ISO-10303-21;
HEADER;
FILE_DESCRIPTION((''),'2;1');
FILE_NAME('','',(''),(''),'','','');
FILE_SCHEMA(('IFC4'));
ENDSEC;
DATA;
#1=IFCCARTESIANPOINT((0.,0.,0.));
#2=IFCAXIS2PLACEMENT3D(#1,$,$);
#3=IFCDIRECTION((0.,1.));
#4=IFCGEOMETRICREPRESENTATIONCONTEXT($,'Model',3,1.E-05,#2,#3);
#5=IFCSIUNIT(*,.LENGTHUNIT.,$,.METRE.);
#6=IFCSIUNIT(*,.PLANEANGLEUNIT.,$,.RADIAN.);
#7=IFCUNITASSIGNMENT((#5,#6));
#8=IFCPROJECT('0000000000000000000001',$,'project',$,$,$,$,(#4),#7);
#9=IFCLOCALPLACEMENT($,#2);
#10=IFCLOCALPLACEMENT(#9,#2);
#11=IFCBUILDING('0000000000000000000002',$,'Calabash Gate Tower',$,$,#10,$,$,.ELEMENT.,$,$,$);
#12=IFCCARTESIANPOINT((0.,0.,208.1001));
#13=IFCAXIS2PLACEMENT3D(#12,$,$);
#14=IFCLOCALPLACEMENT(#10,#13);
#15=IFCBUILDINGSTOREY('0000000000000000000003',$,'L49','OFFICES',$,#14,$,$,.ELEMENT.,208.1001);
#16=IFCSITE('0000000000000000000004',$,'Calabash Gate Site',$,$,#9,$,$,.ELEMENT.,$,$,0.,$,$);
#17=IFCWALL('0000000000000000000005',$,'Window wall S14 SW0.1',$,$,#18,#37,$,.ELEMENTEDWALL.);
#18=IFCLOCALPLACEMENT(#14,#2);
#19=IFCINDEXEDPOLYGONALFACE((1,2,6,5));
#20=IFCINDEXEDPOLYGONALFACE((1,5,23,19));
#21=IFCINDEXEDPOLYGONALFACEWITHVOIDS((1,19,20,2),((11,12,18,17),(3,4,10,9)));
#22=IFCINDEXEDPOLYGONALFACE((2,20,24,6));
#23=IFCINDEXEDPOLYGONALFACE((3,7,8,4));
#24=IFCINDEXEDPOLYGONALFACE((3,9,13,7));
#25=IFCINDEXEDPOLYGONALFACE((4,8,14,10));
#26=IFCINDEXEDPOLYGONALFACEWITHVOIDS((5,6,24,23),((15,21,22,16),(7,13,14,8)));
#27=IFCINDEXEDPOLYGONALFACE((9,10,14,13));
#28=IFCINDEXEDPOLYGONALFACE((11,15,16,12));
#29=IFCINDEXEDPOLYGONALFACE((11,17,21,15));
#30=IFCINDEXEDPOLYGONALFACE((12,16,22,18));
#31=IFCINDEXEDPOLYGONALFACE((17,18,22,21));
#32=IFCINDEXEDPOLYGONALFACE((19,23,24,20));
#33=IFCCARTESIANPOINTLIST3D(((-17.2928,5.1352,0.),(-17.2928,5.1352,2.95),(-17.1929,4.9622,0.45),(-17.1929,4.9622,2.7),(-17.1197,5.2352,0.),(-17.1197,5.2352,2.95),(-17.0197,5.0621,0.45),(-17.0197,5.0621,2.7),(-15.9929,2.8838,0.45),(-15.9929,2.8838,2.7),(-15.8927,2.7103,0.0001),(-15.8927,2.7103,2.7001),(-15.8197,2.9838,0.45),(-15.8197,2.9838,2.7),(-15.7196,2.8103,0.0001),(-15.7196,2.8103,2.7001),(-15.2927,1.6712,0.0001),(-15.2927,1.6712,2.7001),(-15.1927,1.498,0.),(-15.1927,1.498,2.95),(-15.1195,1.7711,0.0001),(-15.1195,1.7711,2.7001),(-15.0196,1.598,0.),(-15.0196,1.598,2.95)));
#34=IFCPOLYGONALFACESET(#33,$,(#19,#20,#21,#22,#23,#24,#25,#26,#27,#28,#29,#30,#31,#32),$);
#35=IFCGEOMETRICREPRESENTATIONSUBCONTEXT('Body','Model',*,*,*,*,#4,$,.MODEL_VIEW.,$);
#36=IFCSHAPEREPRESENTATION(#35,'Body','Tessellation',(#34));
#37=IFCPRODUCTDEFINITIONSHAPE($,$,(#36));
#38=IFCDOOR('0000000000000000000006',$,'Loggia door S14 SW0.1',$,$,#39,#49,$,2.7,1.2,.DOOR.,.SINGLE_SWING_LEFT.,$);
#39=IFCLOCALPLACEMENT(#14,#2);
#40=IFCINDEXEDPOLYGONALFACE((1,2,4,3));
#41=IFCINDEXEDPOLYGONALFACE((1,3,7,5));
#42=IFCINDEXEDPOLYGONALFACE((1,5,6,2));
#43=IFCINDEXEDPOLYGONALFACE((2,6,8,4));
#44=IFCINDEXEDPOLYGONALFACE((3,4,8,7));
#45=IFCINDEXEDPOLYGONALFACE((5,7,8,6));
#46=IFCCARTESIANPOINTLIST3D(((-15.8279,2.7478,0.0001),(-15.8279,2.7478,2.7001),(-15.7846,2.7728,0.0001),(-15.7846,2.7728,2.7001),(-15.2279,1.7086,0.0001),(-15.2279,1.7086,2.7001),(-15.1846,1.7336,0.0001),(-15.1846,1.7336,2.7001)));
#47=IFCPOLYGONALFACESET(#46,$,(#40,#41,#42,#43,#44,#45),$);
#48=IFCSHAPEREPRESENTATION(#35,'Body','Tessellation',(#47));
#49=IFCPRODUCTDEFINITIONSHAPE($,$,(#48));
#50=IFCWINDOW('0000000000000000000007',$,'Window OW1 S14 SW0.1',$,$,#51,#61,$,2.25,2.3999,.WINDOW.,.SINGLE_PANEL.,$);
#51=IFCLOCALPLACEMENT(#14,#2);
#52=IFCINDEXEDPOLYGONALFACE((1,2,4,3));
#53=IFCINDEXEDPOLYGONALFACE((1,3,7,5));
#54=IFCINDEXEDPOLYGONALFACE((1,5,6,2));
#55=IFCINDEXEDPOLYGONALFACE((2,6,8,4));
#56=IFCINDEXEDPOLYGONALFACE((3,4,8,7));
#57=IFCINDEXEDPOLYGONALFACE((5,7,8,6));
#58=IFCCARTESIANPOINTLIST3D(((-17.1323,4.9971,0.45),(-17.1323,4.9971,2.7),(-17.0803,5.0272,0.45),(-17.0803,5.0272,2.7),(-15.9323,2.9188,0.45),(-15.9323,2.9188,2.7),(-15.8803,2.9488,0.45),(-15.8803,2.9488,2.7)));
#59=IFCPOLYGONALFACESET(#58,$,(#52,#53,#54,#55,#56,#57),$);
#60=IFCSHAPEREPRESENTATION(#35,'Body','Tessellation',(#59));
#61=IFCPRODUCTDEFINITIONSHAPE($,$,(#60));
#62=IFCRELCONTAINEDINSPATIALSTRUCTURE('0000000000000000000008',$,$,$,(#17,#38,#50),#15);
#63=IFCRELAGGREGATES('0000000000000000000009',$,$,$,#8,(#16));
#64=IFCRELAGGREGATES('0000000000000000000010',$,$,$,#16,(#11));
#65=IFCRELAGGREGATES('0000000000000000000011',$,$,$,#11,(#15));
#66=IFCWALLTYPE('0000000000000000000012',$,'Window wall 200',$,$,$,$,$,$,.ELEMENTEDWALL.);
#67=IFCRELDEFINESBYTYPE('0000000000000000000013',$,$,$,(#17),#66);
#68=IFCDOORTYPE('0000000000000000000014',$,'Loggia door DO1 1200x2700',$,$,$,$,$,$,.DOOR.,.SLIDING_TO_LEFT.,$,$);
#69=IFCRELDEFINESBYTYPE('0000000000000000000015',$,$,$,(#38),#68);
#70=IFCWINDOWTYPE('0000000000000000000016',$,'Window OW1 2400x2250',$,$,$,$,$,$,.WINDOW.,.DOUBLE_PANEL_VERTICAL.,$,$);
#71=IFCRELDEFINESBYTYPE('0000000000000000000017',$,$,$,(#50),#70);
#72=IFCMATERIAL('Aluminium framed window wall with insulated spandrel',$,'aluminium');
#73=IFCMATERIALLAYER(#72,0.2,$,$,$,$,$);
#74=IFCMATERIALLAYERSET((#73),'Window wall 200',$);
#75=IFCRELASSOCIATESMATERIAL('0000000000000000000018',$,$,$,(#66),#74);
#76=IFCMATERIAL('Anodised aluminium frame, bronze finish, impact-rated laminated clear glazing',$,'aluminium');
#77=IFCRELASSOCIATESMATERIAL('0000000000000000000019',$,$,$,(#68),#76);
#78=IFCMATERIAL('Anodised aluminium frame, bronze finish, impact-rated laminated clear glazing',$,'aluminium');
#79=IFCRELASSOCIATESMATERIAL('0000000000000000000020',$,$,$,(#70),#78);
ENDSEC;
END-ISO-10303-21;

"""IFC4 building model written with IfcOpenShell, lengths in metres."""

from ifc_helpers import new_model, si_unit, direction, frame, frame_2d, origin, place, context, subcontext, project, spatial, rectangle, extrude, material, layer, layer_set, type_object, element, fill, save


model = new_model("IFC4")

# Units and contexts
model_context = context("Model", 3, precision=1e-05, world=origin(), true_north=direction((0.0, 1.0)))
body_context = subcontext(model_context, "Body", "Model", "MODEL_VIEW")
ifc_project = project(units=[si_unit("LENGTHUNIT", "METRE"), si_unit("PLANEANGLEUNIT", "RADIAN")], contexts=[model_context])

# Site, building, storey
site_placement = place(None, origin())
site = spatial("IfcSite", under=ifc_project, at=site_placement, Name="Calabash Gate Site", CompositionType="ELEMENT", RefElevation=0.0)
building_placement = place(site_placement, origin())
building = spatial("IfcBuilding", under=site, at=building_placement, Name="Calabash Gate Tower", CompositionType="ELEMENT")
storey_placement = place(building_placement, frame((0.0, 0.0, 208.1001)))
storey = spatial("IfcBuildingStorey", under=building, at=storey_placement, Name="L49", Description="OFFICES", CompositionType="ELEMENT", Elevation=208.1001)

# Wall, openings, door, window
ifc_material_1 = material(Name="Aluminium framed window wall with insulated spandrel", Category="aluminium")
ifc_layer_1 = layer(ifc_material_1, 0.2)
ifc_layer_set_1 = layer_set([ifc_layer_1], Name="Window wall 200")
wall_type_1 = type_object("IfcWallType", Name="Window wall 200", PredefinedType="ELEMENTEDWALL", material=ifc_layer_set_1)
wall_1_placement = place(storey_placement, frame((-17.2063, 5.1853, 0.0), z_axis=(0.0, 0.0, 1.0), x_axis=(0.500028, -0.866009, 0.0)))
wall_1 = element("IfcWall", 1, at=wall_1_placement, inside=storey, type_object=wall_type_1, Name="Window wall S14 SW0.1", PredefinedType="ELEMENTEDWALL", context=body_context, shape_type="SweptSolid", body=[
    extrude(rectangle(XDim=4.2, YDim=0.2, at=frame_2d((2.1001, 0.0))), origin(), (0.0, 0.0, 1.0), 2.95),
])
opening_1_placement = place(wall_1_placement, frame((0.2, 0.0, 0.45)))
opening_1 = element("IfcOpeningElement", 2, at=opening_1_placement, cuts=wall_1, PredefinedType="OPENING", context=body_context, shape_type="SweptSolid", body=[
    extrude(rectangle(XDim=2.3999, YDim=2.25, at=frame_2d((1.2, 1.125))), frame((0.0, 0.1099, 0.0), z_axis=(0.0, -1.0, 0.0), x_axis=(1.0, 0.0, 0.0)), (0.0, 0.0, 1.0), 0.22),
])
opening_2_placement = place(wall_1_placement, frame((2.8, 0.0, 0.0)))
opening_2 = element("IfcOpeningElement", 3, at=opening_2_placement, cuts=wall_1, PredefinedType="OPENING", context=body_context, shape_type="SweptSolid", body=[
    extrude(rectangle(XDim=1.2, YDim=2.7, at=frame_2d((0.6001, 1.3501))), frame((0.0, 0.1099, 0.0), z_axis=(0.0, -1.0, 0.0), x_axis=(1.0, 0.0, 0.0)), (0.0, 0.0, 1.0), 0.22),
])
ifc_material_2 = material(Name="Anodised aluminium frame, bronze finish, impact-rated laminated clear glazing", Category="aluminium")
door_type_1 = type_object("IfcDoorType", Name="Loggia door DO1 1200x2700", OperationType="SLIDING_TO_LEFT", PredefinedType="DOOR", material=ifc_material_2)
door_1_placement = place(opening_2_placement, origin())
door_1 = element("IfcDoor", 4, at=door_1_placement, inside=storey, type_object=door_type_1, Name="Loggia door S14 SW0.1", OperationType="SINGLE_SWING_LEFT", OverallHeight=2.7, OverallWidth=1.2, PredefinedType="DOOR", context=body_context, shape_type="SweptSolid", body=[
    extrude(rectangle(XDim=1.2, YDim=2.7, at=frame_2d((0.6001, 1.3501))), frame((0.0, 0.0249, 0.0), z_axis=(0.0, -1.0, 0.0), x_axis=(1.0, 0.0, 0.0)), (0.0, 0.0, 1.0), 0.05),
])
fill(opening_2, door_1)
ifc_material_3 = material(Name="Anodised aluminium frame, bronze finish, impact-rated laminated clear glazing", Category="aluminium")
window_type_1 = type_object("IfcWindowType", Name="Window OW1 2400x2250", PartitioningType="DOUBLE_PANEL_VERTICAL", PredefinedType="WINDOW", material=ifc_material_3)
window_1_placement = place(opening_1_placement, origin())
window_1 = element("IfcWindow", 5, at=window_1_placement, inside=storey, type_object=window_type_1, Name="Window OW1 S14 SW0.1", OverallHeight=2.25, OverallWidth=2.3999, PartitioningType="SINGLE_PANEL", PredefinedType="WINDOW", context=body_context, shape_type="SweptSolid", body=[
    extrude(rectangle(XDim=2.3999, YDim=2.25, at=frame_2d((1.2, 1.125))), frame((0.0, 0.03, 0.0), z_axis=(0.0, -1.0, 0.0), x_axis=(1.0, 0.0, 0.0)), (0.0, 0.0, 1.0), 0.0601),
])
fill(opening_1, window_1)

save(model, "model.ifc")
